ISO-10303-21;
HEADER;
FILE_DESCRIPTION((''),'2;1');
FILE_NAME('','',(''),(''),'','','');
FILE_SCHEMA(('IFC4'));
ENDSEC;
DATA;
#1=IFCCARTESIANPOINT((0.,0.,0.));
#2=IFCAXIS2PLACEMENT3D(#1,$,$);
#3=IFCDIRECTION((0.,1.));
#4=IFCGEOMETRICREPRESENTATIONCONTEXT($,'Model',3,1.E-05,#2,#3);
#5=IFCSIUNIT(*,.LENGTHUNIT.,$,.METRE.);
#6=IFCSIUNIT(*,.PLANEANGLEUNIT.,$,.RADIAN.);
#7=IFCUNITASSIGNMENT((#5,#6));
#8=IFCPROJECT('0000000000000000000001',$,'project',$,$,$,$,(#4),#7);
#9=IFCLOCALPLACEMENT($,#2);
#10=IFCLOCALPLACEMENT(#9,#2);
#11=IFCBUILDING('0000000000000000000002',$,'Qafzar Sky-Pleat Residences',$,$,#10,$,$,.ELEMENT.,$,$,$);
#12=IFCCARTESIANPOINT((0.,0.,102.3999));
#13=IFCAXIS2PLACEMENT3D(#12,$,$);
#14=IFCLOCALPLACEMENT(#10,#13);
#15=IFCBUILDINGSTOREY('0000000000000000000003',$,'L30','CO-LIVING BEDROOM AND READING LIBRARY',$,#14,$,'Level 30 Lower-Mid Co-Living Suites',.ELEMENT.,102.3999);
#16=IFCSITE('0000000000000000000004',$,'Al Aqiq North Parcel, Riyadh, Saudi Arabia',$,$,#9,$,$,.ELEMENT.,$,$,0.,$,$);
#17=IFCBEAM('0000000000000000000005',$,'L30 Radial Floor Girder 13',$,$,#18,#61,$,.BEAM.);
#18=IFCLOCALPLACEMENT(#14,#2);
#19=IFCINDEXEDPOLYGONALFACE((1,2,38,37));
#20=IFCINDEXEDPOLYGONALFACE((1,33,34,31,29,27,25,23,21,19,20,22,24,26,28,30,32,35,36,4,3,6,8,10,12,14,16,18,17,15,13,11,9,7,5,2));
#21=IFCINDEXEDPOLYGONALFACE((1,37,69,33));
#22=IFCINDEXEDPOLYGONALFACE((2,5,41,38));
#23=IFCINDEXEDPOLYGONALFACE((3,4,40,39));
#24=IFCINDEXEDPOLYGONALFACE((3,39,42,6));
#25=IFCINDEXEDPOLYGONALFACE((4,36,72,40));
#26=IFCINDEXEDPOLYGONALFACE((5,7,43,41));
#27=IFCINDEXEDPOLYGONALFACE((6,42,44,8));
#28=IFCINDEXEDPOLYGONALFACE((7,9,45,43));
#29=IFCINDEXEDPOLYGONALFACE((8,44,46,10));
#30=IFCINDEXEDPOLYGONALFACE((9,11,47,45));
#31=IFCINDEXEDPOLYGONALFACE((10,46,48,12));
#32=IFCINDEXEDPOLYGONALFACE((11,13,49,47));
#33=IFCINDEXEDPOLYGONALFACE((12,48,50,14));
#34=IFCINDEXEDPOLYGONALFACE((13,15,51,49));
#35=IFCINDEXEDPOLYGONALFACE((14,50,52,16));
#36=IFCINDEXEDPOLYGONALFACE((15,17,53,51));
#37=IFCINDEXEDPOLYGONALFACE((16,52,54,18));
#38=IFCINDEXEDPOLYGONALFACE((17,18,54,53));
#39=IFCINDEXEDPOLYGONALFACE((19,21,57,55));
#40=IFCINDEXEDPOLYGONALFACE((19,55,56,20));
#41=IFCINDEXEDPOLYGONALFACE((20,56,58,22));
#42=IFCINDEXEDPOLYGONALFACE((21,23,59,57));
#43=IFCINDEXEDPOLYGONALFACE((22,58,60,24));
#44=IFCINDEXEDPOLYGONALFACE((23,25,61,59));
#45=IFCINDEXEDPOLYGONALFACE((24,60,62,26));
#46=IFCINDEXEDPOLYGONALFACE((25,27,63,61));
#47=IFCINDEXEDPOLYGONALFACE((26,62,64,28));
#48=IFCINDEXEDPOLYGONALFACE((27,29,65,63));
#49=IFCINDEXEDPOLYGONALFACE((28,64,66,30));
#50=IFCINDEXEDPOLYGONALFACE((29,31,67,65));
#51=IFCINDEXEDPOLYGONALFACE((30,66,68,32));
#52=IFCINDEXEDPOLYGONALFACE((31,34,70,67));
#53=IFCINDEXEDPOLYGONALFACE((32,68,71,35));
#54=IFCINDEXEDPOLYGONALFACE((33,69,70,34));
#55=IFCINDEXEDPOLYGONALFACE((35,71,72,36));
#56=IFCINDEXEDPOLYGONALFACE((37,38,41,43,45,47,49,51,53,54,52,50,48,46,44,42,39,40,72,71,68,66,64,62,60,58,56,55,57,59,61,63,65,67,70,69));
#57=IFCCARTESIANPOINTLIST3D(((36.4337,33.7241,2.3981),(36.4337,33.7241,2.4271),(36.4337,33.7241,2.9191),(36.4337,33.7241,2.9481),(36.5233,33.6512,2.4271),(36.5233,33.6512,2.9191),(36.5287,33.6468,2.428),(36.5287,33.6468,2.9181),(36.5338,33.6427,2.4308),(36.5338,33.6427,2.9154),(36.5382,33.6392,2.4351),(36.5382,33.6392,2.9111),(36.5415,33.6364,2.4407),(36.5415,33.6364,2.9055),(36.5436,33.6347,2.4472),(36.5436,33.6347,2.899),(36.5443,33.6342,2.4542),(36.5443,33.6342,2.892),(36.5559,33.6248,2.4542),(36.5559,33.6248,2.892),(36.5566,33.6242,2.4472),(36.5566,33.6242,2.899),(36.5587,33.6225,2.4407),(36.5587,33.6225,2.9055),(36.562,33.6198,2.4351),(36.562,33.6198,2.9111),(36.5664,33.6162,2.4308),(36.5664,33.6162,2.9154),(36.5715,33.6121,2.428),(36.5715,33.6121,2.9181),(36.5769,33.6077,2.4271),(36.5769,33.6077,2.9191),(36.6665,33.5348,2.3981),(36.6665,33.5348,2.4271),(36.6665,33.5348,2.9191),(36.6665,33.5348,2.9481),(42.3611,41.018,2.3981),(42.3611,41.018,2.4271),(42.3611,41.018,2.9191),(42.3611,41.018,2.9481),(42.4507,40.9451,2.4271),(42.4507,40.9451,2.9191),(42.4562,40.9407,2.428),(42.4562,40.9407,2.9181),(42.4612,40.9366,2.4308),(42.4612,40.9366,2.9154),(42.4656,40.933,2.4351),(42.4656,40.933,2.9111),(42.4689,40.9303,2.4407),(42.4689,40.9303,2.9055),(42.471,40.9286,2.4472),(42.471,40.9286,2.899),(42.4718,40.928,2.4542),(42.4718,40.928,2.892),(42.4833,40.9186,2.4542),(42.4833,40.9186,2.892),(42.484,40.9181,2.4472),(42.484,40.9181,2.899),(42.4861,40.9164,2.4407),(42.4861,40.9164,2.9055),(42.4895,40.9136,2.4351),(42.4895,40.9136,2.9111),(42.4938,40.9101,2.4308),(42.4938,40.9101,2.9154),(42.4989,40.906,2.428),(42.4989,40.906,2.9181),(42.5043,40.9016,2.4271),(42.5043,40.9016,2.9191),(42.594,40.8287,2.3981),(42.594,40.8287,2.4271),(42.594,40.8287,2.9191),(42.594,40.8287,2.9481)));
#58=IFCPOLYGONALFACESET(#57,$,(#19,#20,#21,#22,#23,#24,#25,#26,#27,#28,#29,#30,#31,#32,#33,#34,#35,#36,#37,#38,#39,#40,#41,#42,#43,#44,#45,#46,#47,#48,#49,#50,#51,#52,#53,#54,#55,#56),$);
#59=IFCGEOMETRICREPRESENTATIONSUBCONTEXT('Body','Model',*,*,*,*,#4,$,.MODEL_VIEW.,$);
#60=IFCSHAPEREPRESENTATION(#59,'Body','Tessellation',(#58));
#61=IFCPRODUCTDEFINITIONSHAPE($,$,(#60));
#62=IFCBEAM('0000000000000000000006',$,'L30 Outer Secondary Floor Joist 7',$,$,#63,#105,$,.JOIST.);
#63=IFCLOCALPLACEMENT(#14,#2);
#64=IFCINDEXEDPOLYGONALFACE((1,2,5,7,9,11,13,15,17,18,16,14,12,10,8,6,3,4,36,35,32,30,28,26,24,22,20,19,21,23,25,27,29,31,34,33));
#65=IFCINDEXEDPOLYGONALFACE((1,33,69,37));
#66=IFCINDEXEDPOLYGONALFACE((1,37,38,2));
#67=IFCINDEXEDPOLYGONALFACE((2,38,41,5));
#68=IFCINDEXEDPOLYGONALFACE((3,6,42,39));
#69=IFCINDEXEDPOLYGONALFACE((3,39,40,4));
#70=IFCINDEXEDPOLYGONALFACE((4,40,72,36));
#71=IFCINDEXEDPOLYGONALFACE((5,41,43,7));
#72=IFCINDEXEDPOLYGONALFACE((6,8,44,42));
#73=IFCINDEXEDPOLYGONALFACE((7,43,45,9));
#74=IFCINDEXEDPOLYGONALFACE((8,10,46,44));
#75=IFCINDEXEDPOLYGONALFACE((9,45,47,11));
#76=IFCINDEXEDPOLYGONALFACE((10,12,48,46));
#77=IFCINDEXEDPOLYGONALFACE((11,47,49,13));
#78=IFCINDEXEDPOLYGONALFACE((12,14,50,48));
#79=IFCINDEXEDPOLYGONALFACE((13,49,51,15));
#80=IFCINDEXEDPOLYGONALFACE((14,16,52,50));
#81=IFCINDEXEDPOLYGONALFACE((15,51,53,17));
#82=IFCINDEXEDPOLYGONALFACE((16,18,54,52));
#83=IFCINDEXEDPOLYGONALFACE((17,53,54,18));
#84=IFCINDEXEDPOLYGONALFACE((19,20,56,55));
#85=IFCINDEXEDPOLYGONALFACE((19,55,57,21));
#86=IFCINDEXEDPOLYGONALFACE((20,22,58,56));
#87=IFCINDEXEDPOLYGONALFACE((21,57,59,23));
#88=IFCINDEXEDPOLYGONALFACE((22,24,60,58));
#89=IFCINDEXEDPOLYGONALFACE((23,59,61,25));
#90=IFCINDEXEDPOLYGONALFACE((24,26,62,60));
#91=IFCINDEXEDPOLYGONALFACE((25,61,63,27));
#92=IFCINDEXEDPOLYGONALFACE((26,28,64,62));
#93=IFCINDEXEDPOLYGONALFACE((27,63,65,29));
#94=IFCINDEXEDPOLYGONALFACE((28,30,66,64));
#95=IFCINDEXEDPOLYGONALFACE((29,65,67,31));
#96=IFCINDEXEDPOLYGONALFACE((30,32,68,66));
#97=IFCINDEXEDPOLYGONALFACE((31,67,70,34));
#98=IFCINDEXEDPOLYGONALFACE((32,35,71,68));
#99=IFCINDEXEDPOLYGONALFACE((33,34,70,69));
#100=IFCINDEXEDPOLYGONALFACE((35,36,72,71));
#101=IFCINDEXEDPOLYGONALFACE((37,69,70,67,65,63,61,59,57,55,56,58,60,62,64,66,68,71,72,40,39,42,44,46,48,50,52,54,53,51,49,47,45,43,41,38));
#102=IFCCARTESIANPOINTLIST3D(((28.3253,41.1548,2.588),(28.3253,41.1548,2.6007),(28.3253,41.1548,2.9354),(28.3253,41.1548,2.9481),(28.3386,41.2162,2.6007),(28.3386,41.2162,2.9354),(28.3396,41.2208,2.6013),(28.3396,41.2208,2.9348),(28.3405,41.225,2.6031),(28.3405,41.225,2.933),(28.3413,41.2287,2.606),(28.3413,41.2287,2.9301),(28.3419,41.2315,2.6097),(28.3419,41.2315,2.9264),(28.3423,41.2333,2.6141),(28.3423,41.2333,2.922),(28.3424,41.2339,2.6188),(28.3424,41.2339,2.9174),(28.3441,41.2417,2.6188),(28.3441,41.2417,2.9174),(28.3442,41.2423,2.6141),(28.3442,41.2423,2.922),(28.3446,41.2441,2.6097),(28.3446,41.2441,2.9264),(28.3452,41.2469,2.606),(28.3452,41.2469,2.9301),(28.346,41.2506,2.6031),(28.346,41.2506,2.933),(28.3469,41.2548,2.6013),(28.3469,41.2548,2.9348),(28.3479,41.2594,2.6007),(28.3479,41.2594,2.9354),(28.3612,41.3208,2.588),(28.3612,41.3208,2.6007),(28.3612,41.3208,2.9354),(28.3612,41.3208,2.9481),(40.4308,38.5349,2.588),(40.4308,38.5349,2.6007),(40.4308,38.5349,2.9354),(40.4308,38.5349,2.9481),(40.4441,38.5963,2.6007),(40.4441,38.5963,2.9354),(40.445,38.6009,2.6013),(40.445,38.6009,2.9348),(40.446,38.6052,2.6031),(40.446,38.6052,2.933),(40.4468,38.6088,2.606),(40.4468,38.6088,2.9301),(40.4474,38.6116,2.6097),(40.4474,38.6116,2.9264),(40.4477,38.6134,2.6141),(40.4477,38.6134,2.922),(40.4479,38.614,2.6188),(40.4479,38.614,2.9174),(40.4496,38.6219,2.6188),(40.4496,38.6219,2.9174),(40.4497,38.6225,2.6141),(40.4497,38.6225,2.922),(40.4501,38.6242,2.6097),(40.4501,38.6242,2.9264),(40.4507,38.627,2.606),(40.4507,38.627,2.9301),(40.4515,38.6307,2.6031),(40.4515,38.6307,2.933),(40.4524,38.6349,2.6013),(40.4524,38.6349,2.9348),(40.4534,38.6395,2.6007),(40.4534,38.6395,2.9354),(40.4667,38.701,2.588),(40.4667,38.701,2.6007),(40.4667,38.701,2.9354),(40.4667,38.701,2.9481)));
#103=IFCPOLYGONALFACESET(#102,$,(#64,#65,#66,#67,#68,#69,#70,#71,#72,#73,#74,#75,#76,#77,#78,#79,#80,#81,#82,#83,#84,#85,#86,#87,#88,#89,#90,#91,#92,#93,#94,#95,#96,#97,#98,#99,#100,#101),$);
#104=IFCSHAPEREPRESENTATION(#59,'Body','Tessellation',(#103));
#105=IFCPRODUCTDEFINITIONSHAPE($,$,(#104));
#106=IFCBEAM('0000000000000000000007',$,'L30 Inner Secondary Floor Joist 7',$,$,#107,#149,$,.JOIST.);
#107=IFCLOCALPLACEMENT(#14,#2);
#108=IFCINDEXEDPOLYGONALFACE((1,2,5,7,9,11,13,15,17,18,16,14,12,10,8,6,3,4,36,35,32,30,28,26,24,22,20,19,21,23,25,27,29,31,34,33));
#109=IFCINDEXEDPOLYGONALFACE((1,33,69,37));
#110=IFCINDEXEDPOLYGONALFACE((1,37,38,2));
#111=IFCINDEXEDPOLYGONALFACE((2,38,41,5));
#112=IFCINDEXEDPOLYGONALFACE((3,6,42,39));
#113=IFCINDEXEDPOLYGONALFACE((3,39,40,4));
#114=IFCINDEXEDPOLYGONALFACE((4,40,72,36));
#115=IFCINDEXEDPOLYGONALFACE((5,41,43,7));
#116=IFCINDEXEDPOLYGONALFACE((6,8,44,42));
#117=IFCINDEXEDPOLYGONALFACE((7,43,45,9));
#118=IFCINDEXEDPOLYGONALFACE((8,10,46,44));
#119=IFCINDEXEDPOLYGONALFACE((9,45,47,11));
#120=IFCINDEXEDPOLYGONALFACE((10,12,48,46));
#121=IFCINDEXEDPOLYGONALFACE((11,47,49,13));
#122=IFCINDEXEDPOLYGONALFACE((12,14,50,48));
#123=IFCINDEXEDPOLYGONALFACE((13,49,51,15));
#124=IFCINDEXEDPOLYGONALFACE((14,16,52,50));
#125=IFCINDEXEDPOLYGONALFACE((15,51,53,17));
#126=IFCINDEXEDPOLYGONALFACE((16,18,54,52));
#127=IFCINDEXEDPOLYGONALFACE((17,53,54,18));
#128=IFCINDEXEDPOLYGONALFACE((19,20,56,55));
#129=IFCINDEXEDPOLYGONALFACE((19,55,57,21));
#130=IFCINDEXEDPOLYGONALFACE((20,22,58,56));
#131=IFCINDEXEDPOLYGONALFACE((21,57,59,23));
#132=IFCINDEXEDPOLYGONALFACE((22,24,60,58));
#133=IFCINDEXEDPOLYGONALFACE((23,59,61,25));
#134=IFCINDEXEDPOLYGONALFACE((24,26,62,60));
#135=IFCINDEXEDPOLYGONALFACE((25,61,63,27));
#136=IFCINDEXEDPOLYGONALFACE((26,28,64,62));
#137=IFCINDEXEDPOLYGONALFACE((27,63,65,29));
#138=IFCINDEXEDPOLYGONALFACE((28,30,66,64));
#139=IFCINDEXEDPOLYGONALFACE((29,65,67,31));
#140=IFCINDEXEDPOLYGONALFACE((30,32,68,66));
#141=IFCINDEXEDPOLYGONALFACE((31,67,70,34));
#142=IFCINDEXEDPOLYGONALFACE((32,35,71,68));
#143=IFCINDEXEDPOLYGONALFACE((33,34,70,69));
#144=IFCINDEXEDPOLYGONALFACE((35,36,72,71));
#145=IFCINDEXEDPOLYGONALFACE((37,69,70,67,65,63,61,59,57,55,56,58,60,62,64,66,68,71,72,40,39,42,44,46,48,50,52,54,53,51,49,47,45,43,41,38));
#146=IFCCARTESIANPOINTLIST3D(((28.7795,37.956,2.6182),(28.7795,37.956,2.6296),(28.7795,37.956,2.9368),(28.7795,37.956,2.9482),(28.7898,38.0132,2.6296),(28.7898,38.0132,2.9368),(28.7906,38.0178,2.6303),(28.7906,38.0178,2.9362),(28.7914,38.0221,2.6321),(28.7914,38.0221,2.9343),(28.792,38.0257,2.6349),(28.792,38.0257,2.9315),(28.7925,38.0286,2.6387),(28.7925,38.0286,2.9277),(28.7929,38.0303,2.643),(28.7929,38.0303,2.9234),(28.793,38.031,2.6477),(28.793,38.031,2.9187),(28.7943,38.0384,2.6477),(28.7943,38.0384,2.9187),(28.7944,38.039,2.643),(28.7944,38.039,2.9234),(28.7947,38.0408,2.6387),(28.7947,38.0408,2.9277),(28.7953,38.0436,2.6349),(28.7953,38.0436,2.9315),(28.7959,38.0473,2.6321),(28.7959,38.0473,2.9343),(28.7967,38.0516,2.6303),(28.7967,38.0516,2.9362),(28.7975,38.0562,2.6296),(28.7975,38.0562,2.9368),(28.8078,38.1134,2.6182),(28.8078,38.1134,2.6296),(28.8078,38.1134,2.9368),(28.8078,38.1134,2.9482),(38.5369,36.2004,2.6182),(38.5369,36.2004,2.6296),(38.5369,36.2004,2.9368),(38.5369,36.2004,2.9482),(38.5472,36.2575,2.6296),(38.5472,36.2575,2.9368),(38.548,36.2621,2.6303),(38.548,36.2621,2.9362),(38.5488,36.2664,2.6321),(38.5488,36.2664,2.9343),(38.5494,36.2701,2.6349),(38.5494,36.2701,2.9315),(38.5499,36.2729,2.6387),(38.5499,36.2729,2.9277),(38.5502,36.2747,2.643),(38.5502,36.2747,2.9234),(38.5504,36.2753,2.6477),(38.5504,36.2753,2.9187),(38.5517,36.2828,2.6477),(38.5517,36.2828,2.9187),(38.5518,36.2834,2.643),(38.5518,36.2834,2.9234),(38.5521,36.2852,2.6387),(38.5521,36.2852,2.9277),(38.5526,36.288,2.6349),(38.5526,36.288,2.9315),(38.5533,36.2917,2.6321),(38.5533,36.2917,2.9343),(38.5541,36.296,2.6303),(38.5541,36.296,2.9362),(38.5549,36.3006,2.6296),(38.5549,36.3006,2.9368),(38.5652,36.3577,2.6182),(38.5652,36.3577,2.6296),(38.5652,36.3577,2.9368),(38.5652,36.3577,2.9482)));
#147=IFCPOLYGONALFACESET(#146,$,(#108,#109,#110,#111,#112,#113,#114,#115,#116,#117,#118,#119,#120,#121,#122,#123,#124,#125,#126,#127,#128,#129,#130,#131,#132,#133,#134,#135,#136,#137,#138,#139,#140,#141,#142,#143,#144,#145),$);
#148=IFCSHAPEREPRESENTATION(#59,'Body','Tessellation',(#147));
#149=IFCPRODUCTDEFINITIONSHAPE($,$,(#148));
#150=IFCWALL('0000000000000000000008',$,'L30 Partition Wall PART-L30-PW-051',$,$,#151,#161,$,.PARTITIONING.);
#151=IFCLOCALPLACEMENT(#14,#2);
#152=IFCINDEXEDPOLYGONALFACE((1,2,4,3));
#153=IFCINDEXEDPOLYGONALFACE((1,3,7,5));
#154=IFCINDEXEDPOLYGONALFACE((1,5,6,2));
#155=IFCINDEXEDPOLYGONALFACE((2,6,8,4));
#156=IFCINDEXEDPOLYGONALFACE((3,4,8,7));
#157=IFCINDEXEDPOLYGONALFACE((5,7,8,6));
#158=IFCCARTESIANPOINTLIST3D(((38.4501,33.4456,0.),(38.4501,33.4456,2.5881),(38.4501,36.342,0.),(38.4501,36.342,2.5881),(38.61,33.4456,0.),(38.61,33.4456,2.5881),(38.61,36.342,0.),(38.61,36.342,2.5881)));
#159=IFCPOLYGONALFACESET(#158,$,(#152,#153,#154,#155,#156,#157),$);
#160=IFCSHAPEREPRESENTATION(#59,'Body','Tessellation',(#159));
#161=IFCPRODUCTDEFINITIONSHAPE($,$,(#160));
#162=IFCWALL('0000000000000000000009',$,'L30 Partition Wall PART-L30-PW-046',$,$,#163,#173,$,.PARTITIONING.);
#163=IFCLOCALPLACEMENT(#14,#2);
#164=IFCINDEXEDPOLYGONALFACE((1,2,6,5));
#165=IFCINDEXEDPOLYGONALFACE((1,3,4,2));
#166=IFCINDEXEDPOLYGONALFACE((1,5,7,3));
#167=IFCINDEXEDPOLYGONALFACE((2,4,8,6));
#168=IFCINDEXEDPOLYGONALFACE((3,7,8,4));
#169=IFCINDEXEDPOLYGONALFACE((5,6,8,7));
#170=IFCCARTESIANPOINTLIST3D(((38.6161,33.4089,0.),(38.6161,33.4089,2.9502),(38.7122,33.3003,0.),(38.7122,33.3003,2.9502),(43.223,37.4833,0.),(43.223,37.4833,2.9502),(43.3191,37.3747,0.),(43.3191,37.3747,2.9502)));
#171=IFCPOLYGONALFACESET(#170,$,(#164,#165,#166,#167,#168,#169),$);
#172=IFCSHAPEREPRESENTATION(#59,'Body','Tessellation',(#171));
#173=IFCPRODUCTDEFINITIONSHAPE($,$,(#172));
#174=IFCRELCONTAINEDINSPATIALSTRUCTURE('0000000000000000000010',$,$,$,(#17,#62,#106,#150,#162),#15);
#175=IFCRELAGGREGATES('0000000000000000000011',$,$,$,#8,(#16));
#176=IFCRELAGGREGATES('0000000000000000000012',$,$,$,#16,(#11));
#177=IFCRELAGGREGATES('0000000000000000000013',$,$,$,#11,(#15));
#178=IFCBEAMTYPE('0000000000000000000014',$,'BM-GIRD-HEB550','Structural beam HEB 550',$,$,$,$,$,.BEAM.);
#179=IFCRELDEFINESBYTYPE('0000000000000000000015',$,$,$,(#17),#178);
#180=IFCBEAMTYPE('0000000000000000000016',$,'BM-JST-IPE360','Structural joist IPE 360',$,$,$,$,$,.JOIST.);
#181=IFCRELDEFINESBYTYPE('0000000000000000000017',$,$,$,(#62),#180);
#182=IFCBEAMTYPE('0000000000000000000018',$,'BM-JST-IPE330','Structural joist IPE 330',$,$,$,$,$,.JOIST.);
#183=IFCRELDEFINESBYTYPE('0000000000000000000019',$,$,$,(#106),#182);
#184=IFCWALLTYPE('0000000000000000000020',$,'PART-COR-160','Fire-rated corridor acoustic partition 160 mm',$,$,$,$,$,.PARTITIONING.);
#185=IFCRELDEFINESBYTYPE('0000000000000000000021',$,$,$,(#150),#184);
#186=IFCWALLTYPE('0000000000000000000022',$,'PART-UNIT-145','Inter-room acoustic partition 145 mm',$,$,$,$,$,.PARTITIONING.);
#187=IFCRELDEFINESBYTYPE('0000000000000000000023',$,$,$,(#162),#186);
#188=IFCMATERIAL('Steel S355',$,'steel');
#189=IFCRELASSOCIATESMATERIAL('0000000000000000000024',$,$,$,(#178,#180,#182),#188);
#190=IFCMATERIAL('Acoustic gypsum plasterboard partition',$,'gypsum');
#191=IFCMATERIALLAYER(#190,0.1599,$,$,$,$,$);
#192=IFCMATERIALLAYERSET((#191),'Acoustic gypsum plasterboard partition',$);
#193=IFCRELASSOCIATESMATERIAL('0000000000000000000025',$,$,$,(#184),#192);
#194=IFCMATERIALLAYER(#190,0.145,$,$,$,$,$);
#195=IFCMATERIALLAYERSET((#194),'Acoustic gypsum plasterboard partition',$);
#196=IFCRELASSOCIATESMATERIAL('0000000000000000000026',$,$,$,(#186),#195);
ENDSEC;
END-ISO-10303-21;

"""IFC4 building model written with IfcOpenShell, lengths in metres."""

from ifc_helpers import new_model, si_unit, direction, frame, frame_2d, origin, origin_2d, place, context, subcontext, project, spatial, rectangle, i_section, extrude, source, transform, mapped, material, layer, layer_set, material_profile, profile_set, type_object, element, save


model = new_model("IFC4")

# Units and contexts
model_context = context("Model", 3, precision=1e-05, world=origin(), true_north=direction((0.0, 1.0)))
body_context = subcontext(model_context, "Body", "Model", "MODEL_VIEW")
ifc_project = project(units=[si_unit("LENGTHUNIT", "METRE"), si_unit("PLANEANGLEUNIT", "RADIAN")], contexts=[model_context])

# Site, building, storey
site_placement = place(None, origin())
site = spatial("IfcSite", under=ifc_project, at=site_placement, Name="Al Aqiq North Parcel, Riyadh, Saudi Arabia", CompositionType="ELEMENT", RefElevation=0.0)
building_placement = place(site_placement, origin())
building = spatial("IfcBuilding", under=site, at=building_placement, Name="Qafzar Sky-Pleat Residences", CompositionType="ELEMENT")
storey_placement = place(building_placement, frame((0.0, 0.0, 102.3999)))
storey = spatial("IfcBuildingStorey", under=building, at=storey_placement, Name="L30", Description="CO-LIVING BEDROOM AND READING LIBRARY", LongName="Level 30 Lower-Mid Co-Living Suites", CompositionType="ELEMENT", Elevation=102.3999)

# Beams
ifc_material_1 = material(Name="Steel S355", Category="steel")
ifc_material_profile_1 = material_profile(ifc_material_1, i_section(OverallWidth=0.3, OverallDepth=0.55, WebThickness=0.0149, FlangeThickness=0.0291, FilletRadius=0.0271, at=origin_2d()), Name="HEB 550")
ifc_profile_set_1 = profile_set([ifc_material_profile_1], Name="Steel S355")
beam_type_1 = type_object("IfcBeamType", Name="BM-GIRD-HEB550", Description="Structural beam HEB 550", PredefinedType="BEAM", material=ifc_profile_set_1)
shared_shape_1 = source(origin(), body_context, "Body", "SweptSolid", [
    extrude(i_section(OverallWidth=0.3, OverallDepth=0.55, WebThickness=0.0149, FlangeThickness=0.0291, FilletRadius=0.0271, at=origin_2d()), origin(), (0.0, 0.0, 1.0), 9.3987),
])
beam_1_placement = place(storey_placement, frame((42.4775, 40.9233, 2.6731), z_axis=(-0.630667, -0.776054, 0.0), x_axis=(0.776054, -0.630667, 0.0)))
element("IfcBeam", 1, at=beam_1_placement, inside=storey, type_object=beam_type_1, Name="L30 Radial Floor Girder 13", PredefinedType="BEAM", context=body_context, shape_type="MappedRepresentation", body=[
    mapped(shared_shape_1, transform((0.0, 0.0, 0.0), x_axis=(1.0, 0.0, 0.0), y_axis=(0.0, 1.0, 0.0), z_axis=(0.0, 0.0, 1.0), scale=1.0)),
])
ifc_material_profile_2 = material_profile(ifc_material_1, i_section(OverallWidth=0.1699, OverallDepth=0.3601, WebThickness=0.0081, FlangeThickness=0.0127, FilletRadius=0.0181, at=origin_2d()), Name="IPE 360")
ifc_profile_set_2 = profile_set([ifc_material_profile_2], Name="Steel S355")
beam_type_2 = type_object("IfcBeamType", Name="BM-JST-IPE360", Description="Structural joist IPE 360", PredefinedType="JOIST", material=ifc_profile_set_2)
shared_shape_2 = source(origin(), body_context, "Body", "SweptSolid", [
    extrude(i_section(OverallWidth=0.1699, OverallDepth=0.3601, WebThickness=0.0081, FlangeThickness=0.0127, FilletRadius=0.0181, at=origin_2d()), origin(), (0.0, 0.0, 1.0), 12.3857),
])
beam_2_placement = place(storey_placement, frame((40.4487, 38.6179, 2.7681), z_axis=(-0.977373, 0.211524, 0.0), x_axis=(-0.211524, -0.977373, 0.0)))
element("IfcBeam", 2, at=beam_2_placement, inside=storey, type_object=beam_type_2, Name="L30 Outer Secondary Floor Joist 7", PredefinedType="JOIST", context=body_context, shape_type="MappedRepresentation", body=[
    mapped(shared_shape_2, transform((0.0, 0.0, 0.0), x_axis=(1.0, 0.0, 0.0), y_axis=(0.0, 1.0, 0.0), z_axis=(0.0, 0.0, 1.0), scale=1.0)),
])
ifc_material_profile_3 = material_profile(ifc_material_1, i_section(OverallWidth=0.1599, OverallDepth=0.3301, WebThickness=0.0076, FlangeThickness=0.0115, FilletRadius=0.0181, at=origin_2d()), Name="IPE 330")
ifc_profile_set_3 = profile_set([ifc_material_profile_3], Name="Steel S355")
beam_type_3 = type_object("IfcBeamType", Name="BM-JST-IPE330", Description="Structural joist IPE 330", PredefinedType="JOIST", material=ifc_profile_set_3)
shared_shape_3 = source(origin(), body_context, "Body", "SweptSolid", [
    extrude(i_section(OverallWidth=0.1599, OverallDepth=0.3301, WebThickness=0.0076, FlangeThickness=0.0115, FilletRadius=0.0181, at=origin_2d()), origin(), (0.0, 0.0, 1.0), 9.9141),
])
beam_3_placement = place(storey_placement, frame((38.551, 36.2791, 2.7832), z_axis=(-0.984196, 0.177084, 0.0), x_axis=(-0.177084, -0.984196, 0.0)))
element("IfcBeam", 3, at=beam_3_placement, inside=storey, type_object=beam_type_3, Name="L30 Inner Secondary Floor Joist 7", PredefinedType="JOIST", context=body_context, shape_type="MappedRepresentation", body=[
    mapped(shared_shape_3, transform((0.0, 0.0, 0.0), x_axis=(1.0, 0.0, 0.0), y_axis=(0.0, 1.0, 0.0), z_axis=(0.0, 0.0, 1.0), scale=1.0)),
])

# Walls
ifc_material_2 = material(Name="Acoustic gypsum plasterboard partition", Category="gypsum")
ifc_layer_1 = layer(ifc_material_2, 0.1599)
ifc_layer_set_1 = layer_set([ifc_layer_1], Name="Acoustic gypsum plasterboard partition")
wall_type_1 = type_object("IfcWallType", Name="PART-COR-160", Description="Fire-rated corridor acoustic partition 160 mm", PredefinedType="PARTITIONING", material=ifc_layer_set_1)
wall_1_placement = place(storey_placement, frame((38.53, 33.4456, 0.0), z_axis=(0.0, 0.0, 1.0), x_axis=(0.0, 1.0, 0.0)))
element("IfcWall", 4, at=wall_1_placement, inside=storey, type_object=wall_type_1, Name="L30 Partition Wall PART-L30-PW-051", PredefinedType="PARTITIONING", context=body_context, shape_type="SweptSolid", body=[
    extrude(rectangle(XDim=2.8965, YDim=0.1599, at=frame_2d((1.4482, 0.0))), origin(), (0.0, 0.0, 1.0), 2.5881),
])
ifc_layer_2 = layer(ifc_material_2, 0.145)
ifc_layer_set_2 = layer_set([ifc_layer_2], Name="Acoustic gypsum plasterboard partition")
wall_type_2 = type_object("IfcWallType", Name="PART-UNIT-145", Description="Inter-room acoustic partition 145 mm", PredefinedType="PARTITIONING", material=ifc_layer_set_2)
wall_2_placement = place(storey_placement, frame((38.6641, 33.3545, 0.0), z_axis=(0.0, 0.0, 1.0), x_axis=(0.749069, 0.662492, 0.0)))
element("IfcWall", 5, at=wall_2_placement, inside=storey, type_object=wall_type_2, Name="L30 Partition Wall PART-L30-PW-046", PredefinedType="PARTITIONING", context=body_context, shape_type="SweptSolid", body=[
    extrude(rectangle(XDim=6.1501, YDim=0.145, at=frame_2d((3.0752, 0.0))), origin(), (0.0, 0.0, 1.0), 2.9502),
])

save(model, "model.ifc")
